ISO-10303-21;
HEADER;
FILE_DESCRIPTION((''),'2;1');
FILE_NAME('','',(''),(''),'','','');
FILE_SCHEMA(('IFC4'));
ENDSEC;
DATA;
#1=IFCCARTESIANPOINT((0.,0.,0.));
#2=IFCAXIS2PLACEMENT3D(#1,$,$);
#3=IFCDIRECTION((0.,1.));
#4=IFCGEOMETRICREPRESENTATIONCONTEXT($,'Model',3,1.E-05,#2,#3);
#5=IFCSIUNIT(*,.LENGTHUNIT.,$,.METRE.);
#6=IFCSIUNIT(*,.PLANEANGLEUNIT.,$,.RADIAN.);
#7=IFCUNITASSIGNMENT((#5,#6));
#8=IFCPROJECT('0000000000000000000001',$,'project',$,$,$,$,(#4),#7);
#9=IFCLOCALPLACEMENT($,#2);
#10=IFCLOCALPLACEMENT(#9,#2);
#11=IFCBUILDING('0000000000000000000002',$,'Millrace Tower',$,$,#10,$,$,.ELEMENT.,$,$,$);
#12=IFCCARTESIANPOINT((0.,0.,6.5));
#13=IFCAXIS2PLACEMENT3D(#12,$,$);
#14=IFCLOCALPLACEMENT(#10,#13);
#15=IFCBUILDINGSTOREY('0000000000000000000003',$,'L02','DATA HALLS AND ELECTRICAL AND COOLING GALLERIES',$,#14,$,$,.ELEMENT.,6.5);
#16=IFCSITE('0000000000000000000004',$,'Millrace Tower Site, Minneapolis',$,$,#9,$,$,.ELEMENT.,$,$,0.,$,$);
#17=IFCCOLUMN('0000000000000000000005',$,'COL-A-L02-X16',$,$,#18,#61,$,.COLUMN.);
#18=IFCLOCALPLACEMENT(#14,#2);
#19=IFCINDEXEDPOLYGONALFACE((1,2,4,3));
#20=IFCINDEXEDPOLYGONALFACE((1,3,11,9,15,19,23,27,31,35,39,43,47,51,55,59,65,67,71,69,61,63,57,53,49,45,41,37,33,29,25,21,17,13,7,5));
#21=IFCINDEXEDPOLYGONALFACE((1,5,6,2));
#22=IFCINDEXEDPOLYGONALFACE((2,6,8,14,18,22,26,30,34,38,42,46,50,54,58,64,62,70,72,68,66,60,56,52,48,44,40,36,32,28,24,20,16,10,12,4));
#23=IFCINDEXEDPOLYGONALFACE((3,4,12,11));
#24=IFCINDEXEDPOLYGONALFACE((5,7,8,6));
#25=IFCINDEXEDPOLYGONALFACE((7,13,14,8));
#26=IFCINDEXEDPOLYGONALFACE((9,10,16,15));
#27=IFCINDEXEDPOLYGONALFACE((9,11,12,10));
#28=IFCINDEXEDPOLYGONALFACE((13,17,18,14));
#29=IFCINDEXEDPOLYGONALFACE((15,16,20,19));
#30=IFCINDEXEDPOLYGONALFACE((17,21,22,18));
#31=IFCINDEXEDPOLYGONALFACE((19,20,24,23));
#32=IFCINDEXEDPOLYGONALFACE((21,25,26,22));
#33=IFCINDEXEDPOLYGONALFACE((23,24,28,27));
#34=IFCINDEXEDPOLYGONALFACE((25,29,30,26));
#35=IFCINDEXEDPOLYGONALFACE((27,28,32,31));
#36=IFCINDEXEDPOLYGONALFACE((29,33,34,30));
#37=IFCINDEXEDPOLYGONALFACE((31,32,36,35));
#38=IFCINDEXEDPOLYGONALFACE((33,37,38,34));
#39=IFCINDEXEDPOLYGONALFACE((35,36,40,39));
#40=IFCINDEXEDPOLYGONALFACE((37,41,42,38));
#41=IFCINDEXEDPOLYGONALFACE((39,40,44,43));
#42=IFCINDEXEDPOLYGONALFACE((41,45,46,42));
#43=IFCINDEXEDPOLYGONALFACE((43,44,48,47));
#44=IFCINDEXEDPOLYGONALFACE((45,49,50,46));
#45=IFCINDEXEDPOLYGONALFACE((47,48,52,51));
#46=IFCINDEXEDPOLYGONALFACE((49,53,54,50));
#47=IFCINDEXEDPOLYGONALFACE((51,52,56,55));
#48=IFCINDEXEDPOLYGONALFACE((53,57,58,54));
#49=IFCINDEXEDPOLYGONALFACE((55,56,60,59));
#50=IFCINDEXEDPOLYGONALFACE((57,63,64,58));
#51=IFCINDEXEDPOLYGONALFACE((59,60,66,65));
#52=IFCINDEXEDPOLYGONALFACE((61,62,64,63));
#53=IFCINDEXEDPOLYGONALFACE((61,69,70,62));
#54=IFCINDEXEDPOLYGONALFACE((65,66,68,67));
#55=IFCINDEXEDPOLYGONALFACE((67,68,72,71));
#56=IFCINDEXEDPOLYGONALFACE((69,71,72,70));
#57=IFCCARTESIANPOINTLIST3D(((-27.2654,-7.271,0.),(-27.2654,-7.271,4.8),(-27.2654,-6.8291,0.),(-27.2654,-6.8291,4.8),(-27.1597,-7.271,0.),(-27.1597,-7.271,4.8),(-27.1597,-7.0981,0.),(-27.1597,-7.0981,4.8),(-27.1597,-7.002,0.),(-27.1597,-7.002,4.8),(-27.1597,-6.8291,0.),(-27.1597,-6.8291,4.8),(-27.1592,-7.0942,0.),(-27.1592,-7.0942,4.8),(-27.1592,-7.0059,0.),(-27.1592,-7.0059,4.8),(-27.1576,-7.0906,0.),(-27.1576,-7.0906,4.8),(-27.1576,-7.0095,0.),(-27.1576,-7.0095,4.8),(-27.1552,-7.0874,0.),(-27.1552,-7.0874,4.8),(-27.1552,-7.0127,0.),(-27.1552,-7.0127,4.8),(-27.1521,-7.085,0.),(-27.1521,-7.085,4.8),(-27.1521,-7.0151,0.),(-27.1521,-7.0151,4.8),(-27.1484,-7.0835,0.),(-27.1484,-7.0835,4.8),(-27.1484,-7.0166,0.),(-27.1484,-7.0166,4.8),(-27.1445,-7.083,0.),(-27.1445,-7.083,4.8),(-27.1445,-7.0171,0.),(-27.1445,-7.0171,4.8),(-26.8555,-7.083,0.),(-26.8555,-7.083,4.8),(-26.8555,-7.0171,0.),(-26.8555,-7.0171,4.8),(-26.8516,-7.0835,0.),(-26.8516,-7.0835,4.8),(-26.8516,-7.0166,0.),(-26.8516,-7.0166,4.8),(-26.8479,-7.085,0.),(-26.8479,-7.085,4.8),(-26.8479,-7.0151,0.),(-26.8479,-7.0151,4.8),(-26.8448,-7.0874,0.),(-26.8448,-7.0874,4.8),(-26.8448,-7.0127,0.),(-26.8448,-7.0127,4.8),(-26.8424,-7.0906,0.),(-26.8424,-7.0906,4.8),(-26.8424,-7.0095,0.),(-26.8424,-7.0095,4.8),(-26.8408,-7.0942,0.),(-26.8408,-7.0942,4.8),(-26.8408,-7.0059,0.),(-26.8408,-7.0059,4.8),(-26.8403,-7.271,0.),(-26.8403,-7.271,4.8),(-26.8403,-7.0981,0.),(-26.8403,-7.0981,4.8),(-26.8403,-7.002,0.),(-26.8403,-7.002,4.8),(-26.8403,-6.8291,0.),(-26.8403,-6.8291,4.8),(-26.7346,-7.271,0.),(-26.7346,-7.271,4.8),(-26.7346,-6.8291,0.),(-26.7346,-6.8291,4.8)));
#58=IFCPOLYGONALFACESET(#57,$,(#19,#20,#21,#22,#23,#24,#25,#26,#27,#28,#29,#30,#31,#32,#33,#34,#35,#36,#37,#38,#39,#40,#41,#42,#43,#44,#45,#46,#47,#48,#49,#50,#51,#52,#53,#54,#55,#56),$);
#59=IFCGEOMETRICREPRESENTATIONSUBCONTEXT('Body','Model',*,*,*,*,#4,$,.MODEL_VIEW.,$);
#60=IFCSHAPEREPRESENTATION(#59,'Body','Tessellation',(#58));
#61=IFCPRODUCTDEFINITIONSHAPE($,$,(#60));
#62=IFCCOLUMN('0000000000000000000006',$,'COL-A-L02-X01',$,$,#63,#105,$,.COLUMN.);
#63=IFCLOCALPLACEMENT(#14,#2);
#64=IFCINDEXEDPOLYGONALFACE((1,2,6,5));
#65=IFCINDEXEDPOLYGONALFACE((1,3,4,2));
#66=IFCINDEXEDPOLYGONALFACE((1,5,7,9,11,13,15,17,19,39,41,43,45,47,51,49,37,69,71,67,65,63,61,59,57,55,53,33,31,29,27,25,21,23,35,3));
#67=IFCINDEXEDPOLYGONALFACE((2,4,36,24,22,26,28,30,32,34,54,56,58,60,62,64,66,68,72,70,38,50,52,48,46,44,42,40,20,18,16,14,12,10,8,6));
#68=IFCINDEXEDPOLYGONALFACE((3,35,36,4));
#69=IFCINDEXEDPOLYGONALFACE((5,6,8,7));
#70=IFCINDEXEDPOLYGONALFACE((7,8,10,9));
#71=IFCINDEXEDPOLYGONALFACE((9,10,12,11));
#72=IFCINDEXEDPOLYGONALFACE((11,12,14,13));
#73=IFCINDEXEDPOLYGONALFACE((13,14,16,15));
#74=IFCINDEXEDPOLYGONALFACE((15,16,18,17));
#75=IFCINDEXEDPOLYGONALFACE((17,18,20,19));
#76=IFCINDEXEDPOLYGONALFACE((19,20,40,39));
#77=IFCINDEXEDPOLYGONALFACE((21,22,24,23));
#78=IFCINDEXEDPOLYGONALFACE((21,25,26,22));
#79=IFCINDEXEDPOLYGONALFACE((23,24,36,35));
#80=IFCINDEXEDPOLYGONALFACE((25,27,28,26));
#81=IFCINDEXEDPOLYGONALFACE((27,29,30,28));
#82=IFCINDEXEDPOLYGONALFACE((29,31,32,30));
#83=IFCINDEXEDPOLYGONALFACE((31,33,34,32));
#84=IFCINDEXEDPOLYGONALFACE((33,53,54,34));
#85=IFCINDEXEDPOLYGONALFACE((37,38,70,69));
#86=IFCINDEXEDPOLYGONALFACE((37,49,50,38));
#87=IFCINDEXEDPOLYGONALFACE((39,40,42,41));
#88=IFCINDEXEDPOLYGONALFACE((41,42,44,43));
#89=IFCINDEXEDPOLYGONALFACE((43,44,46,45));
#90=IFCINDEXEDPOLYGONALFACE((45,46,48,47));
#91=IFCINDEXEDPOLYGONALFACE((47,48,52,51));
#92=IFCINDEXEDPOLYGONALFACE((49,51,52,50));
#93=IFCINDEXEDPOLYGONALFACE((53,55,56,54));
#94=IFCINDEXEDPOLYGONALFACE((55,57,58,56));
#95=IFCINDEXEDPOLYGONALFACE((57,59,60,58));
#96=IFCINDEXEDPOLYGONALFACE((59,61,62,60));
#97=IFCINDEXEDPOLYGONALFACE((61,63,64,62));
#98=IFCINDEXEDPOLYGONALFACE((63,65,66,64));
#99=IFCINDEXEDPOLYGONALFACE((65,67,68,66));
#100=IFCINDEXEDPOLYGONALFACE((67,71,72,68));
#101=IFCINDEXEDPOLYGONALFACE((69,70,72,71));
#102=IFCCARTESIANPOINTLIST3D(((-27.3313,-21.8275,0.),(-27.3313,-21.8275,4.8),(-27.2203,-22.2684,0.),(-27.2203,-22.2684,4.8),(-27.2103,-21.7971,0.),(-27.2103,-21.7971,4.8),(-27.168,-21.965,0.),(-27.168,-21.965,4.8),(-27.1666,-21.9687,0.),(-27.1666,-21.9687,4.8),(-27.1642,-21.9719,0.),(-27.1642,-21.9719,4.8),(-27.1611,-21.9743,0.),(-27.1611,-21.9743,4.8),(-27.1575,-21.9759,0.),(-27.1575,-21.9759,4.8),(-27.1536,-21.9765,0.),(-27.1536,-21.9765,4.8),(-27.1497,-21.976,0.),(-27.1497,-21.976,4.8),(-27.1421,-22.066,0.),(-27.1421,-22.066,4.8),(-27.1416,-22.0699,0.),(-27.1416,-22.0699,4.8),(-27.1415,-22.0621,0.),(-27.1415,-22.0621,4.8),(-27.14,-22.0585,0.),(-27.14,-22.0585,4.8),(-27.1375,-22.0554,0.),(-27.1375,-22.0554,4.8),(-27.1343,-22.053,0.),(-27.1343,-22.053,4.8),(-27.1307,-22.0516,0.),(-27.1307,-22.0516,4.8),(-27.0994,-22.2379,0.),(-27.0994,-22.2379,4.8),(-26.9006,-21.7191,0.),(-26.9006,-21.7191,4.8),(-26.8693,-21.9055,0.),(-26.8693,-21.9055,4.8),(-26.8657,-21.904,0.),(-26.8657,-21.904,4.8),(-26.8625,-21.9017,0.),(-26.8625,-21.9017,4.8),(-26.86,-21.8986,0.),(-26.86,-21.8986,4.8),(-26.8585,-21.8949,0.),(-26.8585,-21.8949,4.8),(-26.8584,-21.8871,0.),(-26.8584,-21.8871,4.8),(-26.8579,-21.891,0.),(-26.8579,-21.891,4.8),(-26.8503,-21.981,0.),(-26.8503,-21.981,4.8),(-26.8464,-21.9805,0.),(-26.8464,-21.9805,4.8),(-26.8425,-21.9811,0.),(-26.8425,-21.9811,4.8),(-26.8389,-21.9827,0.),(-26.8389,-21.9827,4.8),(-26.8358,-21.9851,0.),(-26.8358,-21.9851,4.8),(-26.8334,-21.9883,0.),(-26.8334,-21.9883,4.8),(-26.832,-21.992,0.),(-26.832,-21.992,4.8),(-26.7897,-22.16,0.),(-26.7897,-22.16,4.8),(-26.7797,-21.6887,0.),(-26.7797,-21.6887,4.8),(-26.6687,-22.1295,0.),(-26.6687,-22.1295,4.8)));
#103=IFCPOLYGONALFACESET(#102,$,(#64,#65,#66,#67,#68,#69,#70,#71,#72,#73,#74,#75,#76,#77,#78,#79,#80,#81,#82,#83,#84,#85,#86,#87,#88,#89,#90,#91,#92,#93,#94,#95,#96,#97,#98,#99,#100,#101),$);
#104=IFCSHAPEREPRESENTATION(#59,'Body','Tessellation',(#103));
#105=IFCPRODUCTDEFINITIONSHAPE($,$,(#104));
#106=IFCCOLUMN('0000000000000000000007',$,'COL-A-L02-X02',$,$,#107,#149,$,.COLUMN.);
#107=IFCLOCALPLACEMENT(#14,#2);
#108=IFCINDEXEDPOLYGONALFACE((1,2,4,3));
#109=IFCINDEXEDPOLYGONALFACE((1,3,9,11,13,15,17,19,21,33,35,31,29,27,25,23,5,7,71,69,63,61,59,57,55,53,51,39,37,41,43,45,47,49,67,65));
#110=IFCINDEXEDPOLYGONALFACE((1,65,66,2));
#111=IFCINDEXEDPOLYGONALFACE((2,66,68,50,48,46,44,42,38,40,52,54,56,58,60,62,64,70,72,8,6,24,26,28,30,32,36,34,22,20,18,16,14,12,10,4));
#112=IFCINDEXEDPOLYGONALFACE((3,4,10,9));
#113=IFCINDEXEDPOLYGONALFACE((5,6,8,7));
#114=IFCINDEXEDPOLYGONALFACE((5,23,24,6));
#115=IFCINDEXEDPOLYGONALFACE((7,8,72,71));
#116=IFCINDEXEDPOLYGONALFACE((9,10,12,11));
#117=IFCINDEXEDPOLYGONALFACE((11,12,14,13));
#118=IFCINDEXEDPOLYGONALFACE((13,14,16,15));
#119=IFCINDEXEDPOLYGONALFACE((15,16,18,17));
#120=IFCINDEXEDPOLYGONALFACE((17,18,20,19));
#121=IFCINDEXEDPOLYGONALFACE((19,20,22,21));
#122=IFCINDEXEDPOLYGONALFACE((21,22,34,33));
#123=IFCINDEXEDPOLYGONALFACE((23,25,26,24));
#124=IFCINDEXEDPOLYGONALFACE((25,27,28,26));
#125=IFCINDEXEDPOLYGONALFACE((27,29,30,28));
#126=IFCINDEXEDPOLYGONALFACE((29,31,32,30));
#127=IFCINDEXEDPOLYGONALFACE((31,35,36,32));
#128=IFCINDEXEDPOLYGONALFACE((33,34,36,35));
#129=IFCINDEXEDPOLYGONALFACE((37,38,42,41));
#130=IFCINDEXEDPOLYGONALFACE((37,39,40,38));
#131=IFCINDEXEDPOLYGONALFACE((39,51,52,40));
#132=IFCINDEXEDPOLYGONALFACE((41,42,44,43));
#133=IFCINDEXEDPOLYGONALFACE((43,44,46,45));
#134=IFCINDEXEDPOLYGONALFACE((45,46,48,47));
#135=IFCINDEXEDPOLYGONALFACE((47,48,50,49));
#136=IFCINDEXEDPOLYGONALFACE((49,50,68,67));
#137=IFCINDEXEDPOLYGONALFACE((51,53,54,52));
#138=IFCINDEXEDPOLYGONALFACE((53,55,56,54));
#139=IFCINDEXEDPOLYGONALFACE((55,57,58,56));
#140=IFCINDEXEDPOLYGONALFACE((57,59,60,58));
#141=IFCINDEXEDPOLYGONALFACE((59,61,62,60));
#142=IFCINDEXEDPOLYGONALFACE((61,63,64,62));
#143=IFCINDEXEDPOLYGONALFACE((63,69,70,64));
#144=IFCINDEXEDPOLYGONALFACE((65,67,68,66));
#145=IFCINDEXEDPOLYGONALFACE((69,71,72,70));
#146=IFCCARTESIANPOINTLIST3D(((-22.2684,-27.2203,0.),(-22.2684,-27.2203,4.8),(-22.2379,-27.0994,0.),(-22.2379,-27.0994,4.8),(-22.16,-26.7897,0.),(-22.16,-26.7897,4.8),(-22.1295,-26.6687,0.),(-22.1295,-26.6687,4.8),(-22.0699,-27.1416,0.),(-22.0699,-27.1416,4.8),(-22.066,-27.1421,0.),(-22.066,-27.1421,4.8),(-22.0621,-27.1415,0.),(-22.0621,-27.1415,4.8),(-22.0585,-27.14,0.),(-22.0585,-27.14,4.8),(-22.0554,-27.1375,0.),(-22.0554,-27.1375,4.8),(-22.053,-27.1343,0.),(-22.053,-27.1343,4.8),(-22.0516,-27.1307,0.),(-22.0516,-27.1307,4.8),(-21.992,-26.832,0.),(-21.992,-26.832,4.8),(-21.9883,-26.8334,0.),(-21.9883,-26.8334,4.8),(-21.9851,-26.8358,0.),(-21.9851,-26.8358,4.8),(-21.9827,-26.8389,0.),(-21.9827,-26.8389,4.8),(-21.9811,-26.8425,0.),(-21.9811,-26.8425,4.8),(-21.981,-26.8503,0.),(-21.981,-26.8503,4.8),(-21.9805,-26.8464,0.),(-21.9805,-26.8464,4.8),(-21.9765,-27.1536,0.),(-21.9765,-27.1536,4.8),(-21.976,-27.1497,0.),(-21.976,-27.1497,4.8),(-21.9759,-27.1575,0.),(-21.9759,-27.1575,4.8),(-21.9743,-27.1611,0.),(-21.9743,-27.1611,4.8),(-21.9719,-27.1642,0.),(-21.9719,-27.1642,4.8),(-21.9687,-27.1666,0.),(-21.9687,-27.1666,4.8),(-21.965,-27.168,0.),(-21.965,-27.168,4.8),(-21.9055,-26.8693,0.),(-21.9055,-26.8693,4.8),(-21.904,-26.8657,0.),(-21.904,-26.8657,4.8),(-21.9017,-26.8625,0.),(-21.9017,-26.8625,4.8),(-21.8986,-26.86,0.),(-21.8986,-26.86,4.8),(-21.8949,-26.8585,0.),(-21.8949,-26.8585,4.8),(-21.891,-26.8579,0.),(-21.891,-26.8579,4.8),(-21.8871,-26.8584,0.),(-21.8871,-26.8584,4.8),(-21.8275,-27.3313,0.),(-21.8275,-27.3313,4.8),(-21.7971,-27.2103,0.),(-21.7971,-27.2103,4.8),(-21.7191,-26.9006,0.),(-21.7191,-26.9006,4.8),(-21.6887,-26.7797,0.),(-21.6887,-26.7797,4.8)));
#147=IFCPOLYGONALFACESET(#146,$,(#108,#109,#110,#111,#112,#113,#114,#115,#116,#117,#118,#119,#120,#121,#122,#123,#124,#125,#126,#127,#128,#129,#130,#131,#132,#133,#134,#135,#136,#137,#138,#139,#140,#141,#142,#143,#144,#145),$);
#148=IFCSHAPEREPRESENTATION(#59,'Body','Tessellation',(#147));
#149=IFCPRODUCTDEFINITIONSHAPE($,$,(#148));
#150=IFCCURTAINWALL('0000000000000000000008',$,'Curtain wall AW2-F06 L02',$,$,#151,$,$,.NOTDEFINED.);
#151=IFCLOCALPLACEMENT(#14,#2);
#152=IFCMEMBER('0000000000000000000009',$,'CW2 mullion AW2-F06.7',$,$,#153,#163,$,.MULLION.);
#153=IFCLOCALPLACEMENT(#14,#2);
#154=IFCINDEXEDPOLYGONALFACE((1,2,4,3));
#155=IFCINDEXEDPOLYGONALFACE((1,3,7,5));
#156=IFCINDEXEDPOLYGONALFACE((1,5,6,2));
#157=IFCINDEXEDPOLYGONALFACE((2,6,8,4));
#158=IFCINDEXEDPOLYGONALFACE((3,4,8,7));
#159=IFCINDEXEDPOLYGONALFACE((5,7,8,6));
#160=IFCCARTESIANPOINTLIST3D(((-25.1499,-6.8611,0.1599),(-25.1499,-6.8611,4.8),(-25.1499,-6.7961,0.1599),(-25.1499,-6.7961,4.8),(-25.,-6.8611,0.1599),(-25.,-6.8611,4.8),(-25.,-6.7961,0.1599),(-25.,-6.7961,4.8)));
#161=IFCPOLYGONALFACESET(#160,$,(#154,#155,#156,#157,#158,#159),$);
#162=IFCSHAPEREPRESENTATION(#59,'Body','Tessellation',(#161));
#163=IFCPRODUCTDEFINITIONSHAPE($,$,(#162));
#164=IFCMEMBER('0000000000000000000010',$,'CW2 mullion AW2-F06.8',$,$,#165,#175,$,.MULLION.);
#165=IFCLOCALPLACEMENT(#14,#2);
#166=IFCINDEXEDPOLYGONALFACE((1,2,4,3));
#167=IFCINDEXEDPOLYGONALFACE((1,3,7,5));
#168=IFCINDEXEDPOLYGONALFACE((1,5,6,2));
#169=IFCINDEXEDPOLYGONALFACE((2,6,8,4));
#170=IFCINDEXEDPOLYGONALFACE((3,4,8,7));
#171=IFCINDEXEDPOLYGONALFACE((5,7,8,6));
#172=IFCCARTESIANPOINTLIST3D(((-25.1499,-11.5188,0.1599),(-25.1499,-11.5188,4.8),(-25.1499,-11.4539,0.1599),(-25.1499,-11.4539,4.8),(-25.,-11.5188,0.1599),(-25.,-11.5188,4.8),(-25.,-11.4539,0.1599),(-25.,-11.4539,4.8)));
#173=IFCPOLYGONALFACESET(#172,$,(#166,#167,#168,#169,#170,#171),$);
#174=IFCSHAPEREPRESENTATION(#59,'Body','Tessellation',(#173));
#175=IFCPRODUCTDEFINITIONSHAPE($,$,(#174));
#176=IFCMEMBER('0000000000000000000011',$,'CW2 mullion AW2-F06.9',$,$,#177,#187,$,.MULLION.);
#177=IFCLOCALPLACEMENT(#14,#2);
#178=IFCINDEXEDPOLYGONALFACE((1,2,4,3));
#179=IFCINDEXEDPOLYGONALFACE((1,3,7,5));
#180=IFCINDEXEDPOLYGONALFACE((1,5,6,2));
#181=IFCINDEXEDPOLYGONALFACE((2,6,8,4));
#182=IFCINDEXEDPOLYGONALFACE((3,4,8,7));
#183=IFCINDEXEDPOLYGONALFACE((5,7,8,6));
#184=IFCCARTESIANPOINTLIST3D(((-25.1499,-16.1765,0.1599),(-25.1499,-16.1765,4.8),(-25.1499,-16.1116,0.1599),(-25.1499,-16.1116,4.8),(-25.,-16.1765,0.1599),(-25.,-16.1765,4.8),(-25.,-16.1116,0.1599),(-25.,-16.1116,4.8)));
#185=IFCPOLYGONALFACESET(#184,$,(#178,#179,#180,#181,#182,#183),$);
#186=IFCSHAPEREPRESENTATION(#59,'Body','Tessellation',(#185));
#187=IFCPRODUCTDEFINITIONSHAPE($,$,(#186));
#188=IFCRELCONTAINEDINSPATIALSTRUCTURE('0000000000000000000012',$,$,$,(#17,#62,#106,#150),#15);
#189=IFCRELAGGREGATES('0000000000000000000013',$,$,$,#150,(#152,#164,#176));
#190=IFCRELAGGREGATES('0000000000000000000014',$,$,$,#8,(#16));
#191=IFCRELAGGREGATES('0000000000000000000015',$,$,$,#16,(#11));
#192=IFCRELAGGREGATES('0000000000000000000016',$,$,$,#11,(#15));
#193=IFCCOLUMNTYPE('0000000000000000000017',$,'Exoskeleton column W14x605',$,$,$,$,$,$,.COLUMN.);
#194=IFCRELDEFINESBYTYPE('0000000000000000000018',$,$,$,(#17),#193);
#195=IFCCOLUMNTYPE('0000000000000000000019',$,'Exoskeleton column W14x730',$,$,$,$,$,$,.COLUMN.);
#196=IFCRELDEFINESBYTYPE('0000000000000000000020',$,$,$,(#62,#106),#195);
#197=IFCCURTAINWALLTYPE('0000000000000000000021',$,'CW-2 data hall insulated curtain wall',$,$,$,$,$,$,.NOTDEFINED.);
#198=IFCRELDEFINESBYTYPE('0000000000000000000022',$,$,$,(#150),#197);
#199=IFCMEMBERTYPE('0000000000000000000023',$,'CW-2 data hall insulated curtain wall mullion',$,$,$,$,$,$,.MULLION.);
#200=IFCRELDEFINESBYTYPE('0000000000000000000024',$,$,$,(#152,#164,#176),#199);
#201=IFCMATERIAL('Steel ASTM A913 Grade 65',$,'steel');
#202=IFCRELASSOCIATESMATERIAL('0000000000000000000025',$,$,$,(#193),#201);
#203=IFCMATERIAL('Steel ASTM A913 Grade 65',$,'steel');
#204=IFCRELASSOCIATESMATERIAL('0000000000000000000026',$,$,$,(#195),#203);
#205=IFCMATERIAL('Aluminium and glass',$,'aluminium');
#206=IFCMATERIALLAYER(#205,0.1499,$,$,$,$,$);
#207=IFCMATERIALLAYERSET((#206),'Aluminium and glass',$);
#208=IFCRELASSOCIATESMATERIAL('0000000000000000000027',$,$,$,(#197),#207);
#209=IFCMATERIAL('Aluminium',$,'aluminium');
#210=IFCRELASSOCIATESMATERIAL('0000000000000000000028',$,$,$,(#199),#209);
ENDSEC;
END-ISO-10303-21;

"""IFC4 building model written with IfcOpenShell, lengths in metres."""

from ifc_helpers import new_model, si_unit, direction, frame, origin, origin_2d, place, context, subcontext, project, spatial, rectangle, i_section, extrude, material, layer, layer_set, material_profile, profile_set, type_object, element, aggregate, save


model = new_model("IFC4")

# Units and contexts
model_context = context("Model", 3, precision=1e-05, world=origin(), true_north=direction((0.0, 1.0)))
body_context = subcontext(model_context, "Body", "Model", "MODEL_VIEW")
ifc_project = project(units=[si_unit("LENGTHUNIT", "METRE"), si_unit("PLANEANGLEUNIT", "RADIAN")], contexts=[model_context])

# Site, building, storey
site_placement = place(None, origin())
site = spatial("IfcSite", under=ifc_project, at=site_placement, Name="Millrace Tower Site, Minneapolis", CompositionType="ELEMENT", RefElevation=0.0)
building_placement = place(site_placement, origin())
building = spatial("IfcBuilding", under=site, at=building_placement, Name="Millrace Tower", CompositionType="ELEMENT")
storey_placement = place(building_placement, frame((0.0, 0.0, 6.5)))
storey = spatial("IfcBuildingStorey", under=building, at=storey_placement, Name="L02", Description="DATA HALLS AND ELECTRICAL AND COOLING GALLERIES", CompositionType="ELEMENT", Elevation=6.5)

# Columns
ifc_material_1 = material(Name="Steel ASTM A913 Grade 65", Category="steel")
ifc_material_profile_1 = material_profile(ifc_material_1, i_section(OverallWidth=0.4419, OverallDepth=0.5308, WebThickness=0.0659, FlangeThickness=0.1057, FilletRadius=0.0151, at=origin_2d()))
ifc_profile_set_1 = profile_set([ifc_material_profile_1], Name="Steel ASTM A913 Grade 65")
column_type_1 = type_object("IfcColumnType", Name="Exoskeleton column W14x605", PredefinedType="COLUMN", material=ifc_profile_set_1)
column_placement = place(storey_placement, frame((-27.0, -7.05, 0.0), z_axis=(0.0, 0.0, 1.0), x_axis=(0.0, -1.0, 0.0)))
element("IfcColumn", 1, at=column_placement, inside=storey, type_object=column_type_1, Name="COL-A-L02-X16", PredefinedType="COLUMN", context=body_context, shape_type="SweptSolid", body=[
    extrude(i_section(OverallWidth=0.4419, OverallDepth=0.5308, WebThickness=0.0659, FlangeThickness=0.1057, FilletRadius=0.0151, at=origin_2d()), origin(), (0.0, 0.0, 1.0), 4.8),
])
ifc_material_2 = material(Name="Steel ASTM A913 Grade 65", Category="steel")
ifc_material_profile_2 = material_profile(ifc_material_2, i_section(OverallWidth=0.4546, OverallDepth=0.5688, WebThickness=0.0779, FlangeThickness=0.1248, FilletRadius=0.0151, at=origin_2d()))
ifc_profile_set_2 = profile_set([ifc_material_profile_2], Name="Steel ASTM A913 Grade 65")
column_type_2 = type_object("IfcColumnType", Name="Exoskeleton column W14x730", PredefinedType="COLUMN", material=ifc_profile_set_2)
for number, where, z_axis, x_axis, name in (
    (2, (-27.0, -21.9785, 0.0), (0.0, 0.0, 1.0), (0.244094, -0.969752, 0.0), "COL-A-L02-X01"),
    (3, (-21.9785, -27.0, 0.0), (0.0, 0.0, 1.0), (0.969752, -0.244094, 0.0), "COL-A-L02-X02"),
):
    element("IfcColumn", number, at=place(storey_placement, frame(where, z_axis=z_axis, x_axis=x_axis)), inside=storey, type_object=column_type_2, Name=name, PredefinedType="COLUMN", context=body_context, shape_type="SweptSolid", body=[
        extrude(i_section(OverallWidth=0.4546, OverallDepth=0.5688, WebThickness=0.0779, FlangeThickness=0.1248, FilletRadius=0.0151, at=origin_2d()), origin(), (0.0, 0.0, 1.0), 4.8),
    ])

# Curtain wall, members
ifc_material_3 = material(Name="Aluminium and glass", Category="aluminium")
ifc_layer_1 = layer(ifc_material_3, 0.1499)
ifc_layer_set_1 = layer_set([ifc_layer_1], Name="Aluminium and glass")
curtain_wall_type_1 = type_object("IfcCurtainWallType", Name="CW-2 data hall insulated curtain wall", PredefinedType="NOTDEFINED", material=ifc_layer_set_1)
placement = place(storey_placement, origin())
curtain_wall_1 = element("IfcCurtainWall", 4, at=placement, inside=storey, type_object=curtain_wall_type_1, Name="Curtain wall AW2-F06 L02", PredefinedType="NOTDEFINED")
ifc_material_4 = material(Name="Aluminium", Category="aluminium")
ifc_material_profile_3 = material_profile(ifc_material_4, rectangle(XDim=0.0649, YDim=0.1499, at=origin_2d()))
ifc_profile_set_3 = profile_set([ifc_material_profile_3], Name="Aluminium")
member_type_1 = type_object("IfcMemberType", Name="CW-2 data hall insulated curtain wall mullion", PredefinedType="MULLION", material=ifc_profile_set_3)
member_1_placement = place(storey_placement, frame((-25.075, -6.8286, 0.1599), z_axis=(0.0, 0.0, 1.0), x_axis=(0.0, -1.0, 0.0)))
member_1 = element("IfcMember", 5, at=member_1_placement, type_object=member_type_1, Name="CW2 mullion AW2-F06.7", PredefinedType="MULLION", context=body_context, shape_type="SweptSolid", body=[
    extrude(rectangle(XDim=0.0649, YDim=0.1499, at=origin_2d()), origin(), (0.0, 0.0, 1.0), 4.6401),
])
member_2_placement = place(storey_placement, frame((-25.075, -11.4863, 0.1599), z_axis=(0.0, 0.0, 1.0), x_axis=(0.0, -1.0, 0.0)))
member_2 = element("IfcMember", 6, at=member_2_placement, type_object=member_type_1, Name="CW2 mullion AW2-F06.8", PredefinedType="MULLION", context=body_context, shape_type="SweptSolid", body=[
    extrude(rectangle(XDim=0.0649, YDim=0.1499, at=origin_2d()), origin(), (0.0, 0.0, 1.0), 4.6401),
])
member_3_placement = place(storey_placement, frame((-25.075, -16.144, 0.1599), z_axis=(0.0, 0.0, 1.0), x_axis=(0.0, -1.0, 0.0)))
member_3 = element("IfcMember", 7, at=member_3_placement, type_object=member_type_1, Name="CW2 mullion AW2-F06.9", PredefinedType="MULLION", context=body_context, shape_type="SweptSolid", body=[
    extrude(rectangle(XDim=0.0649, YDim=0.1499, at=origin_2d()), origin(), (0.0, 0.0, 1.0), 4.6401),
])
aggregate(curtain_wall_1, [member_1, member_2, member_3])

save(model, "model.ifc")
